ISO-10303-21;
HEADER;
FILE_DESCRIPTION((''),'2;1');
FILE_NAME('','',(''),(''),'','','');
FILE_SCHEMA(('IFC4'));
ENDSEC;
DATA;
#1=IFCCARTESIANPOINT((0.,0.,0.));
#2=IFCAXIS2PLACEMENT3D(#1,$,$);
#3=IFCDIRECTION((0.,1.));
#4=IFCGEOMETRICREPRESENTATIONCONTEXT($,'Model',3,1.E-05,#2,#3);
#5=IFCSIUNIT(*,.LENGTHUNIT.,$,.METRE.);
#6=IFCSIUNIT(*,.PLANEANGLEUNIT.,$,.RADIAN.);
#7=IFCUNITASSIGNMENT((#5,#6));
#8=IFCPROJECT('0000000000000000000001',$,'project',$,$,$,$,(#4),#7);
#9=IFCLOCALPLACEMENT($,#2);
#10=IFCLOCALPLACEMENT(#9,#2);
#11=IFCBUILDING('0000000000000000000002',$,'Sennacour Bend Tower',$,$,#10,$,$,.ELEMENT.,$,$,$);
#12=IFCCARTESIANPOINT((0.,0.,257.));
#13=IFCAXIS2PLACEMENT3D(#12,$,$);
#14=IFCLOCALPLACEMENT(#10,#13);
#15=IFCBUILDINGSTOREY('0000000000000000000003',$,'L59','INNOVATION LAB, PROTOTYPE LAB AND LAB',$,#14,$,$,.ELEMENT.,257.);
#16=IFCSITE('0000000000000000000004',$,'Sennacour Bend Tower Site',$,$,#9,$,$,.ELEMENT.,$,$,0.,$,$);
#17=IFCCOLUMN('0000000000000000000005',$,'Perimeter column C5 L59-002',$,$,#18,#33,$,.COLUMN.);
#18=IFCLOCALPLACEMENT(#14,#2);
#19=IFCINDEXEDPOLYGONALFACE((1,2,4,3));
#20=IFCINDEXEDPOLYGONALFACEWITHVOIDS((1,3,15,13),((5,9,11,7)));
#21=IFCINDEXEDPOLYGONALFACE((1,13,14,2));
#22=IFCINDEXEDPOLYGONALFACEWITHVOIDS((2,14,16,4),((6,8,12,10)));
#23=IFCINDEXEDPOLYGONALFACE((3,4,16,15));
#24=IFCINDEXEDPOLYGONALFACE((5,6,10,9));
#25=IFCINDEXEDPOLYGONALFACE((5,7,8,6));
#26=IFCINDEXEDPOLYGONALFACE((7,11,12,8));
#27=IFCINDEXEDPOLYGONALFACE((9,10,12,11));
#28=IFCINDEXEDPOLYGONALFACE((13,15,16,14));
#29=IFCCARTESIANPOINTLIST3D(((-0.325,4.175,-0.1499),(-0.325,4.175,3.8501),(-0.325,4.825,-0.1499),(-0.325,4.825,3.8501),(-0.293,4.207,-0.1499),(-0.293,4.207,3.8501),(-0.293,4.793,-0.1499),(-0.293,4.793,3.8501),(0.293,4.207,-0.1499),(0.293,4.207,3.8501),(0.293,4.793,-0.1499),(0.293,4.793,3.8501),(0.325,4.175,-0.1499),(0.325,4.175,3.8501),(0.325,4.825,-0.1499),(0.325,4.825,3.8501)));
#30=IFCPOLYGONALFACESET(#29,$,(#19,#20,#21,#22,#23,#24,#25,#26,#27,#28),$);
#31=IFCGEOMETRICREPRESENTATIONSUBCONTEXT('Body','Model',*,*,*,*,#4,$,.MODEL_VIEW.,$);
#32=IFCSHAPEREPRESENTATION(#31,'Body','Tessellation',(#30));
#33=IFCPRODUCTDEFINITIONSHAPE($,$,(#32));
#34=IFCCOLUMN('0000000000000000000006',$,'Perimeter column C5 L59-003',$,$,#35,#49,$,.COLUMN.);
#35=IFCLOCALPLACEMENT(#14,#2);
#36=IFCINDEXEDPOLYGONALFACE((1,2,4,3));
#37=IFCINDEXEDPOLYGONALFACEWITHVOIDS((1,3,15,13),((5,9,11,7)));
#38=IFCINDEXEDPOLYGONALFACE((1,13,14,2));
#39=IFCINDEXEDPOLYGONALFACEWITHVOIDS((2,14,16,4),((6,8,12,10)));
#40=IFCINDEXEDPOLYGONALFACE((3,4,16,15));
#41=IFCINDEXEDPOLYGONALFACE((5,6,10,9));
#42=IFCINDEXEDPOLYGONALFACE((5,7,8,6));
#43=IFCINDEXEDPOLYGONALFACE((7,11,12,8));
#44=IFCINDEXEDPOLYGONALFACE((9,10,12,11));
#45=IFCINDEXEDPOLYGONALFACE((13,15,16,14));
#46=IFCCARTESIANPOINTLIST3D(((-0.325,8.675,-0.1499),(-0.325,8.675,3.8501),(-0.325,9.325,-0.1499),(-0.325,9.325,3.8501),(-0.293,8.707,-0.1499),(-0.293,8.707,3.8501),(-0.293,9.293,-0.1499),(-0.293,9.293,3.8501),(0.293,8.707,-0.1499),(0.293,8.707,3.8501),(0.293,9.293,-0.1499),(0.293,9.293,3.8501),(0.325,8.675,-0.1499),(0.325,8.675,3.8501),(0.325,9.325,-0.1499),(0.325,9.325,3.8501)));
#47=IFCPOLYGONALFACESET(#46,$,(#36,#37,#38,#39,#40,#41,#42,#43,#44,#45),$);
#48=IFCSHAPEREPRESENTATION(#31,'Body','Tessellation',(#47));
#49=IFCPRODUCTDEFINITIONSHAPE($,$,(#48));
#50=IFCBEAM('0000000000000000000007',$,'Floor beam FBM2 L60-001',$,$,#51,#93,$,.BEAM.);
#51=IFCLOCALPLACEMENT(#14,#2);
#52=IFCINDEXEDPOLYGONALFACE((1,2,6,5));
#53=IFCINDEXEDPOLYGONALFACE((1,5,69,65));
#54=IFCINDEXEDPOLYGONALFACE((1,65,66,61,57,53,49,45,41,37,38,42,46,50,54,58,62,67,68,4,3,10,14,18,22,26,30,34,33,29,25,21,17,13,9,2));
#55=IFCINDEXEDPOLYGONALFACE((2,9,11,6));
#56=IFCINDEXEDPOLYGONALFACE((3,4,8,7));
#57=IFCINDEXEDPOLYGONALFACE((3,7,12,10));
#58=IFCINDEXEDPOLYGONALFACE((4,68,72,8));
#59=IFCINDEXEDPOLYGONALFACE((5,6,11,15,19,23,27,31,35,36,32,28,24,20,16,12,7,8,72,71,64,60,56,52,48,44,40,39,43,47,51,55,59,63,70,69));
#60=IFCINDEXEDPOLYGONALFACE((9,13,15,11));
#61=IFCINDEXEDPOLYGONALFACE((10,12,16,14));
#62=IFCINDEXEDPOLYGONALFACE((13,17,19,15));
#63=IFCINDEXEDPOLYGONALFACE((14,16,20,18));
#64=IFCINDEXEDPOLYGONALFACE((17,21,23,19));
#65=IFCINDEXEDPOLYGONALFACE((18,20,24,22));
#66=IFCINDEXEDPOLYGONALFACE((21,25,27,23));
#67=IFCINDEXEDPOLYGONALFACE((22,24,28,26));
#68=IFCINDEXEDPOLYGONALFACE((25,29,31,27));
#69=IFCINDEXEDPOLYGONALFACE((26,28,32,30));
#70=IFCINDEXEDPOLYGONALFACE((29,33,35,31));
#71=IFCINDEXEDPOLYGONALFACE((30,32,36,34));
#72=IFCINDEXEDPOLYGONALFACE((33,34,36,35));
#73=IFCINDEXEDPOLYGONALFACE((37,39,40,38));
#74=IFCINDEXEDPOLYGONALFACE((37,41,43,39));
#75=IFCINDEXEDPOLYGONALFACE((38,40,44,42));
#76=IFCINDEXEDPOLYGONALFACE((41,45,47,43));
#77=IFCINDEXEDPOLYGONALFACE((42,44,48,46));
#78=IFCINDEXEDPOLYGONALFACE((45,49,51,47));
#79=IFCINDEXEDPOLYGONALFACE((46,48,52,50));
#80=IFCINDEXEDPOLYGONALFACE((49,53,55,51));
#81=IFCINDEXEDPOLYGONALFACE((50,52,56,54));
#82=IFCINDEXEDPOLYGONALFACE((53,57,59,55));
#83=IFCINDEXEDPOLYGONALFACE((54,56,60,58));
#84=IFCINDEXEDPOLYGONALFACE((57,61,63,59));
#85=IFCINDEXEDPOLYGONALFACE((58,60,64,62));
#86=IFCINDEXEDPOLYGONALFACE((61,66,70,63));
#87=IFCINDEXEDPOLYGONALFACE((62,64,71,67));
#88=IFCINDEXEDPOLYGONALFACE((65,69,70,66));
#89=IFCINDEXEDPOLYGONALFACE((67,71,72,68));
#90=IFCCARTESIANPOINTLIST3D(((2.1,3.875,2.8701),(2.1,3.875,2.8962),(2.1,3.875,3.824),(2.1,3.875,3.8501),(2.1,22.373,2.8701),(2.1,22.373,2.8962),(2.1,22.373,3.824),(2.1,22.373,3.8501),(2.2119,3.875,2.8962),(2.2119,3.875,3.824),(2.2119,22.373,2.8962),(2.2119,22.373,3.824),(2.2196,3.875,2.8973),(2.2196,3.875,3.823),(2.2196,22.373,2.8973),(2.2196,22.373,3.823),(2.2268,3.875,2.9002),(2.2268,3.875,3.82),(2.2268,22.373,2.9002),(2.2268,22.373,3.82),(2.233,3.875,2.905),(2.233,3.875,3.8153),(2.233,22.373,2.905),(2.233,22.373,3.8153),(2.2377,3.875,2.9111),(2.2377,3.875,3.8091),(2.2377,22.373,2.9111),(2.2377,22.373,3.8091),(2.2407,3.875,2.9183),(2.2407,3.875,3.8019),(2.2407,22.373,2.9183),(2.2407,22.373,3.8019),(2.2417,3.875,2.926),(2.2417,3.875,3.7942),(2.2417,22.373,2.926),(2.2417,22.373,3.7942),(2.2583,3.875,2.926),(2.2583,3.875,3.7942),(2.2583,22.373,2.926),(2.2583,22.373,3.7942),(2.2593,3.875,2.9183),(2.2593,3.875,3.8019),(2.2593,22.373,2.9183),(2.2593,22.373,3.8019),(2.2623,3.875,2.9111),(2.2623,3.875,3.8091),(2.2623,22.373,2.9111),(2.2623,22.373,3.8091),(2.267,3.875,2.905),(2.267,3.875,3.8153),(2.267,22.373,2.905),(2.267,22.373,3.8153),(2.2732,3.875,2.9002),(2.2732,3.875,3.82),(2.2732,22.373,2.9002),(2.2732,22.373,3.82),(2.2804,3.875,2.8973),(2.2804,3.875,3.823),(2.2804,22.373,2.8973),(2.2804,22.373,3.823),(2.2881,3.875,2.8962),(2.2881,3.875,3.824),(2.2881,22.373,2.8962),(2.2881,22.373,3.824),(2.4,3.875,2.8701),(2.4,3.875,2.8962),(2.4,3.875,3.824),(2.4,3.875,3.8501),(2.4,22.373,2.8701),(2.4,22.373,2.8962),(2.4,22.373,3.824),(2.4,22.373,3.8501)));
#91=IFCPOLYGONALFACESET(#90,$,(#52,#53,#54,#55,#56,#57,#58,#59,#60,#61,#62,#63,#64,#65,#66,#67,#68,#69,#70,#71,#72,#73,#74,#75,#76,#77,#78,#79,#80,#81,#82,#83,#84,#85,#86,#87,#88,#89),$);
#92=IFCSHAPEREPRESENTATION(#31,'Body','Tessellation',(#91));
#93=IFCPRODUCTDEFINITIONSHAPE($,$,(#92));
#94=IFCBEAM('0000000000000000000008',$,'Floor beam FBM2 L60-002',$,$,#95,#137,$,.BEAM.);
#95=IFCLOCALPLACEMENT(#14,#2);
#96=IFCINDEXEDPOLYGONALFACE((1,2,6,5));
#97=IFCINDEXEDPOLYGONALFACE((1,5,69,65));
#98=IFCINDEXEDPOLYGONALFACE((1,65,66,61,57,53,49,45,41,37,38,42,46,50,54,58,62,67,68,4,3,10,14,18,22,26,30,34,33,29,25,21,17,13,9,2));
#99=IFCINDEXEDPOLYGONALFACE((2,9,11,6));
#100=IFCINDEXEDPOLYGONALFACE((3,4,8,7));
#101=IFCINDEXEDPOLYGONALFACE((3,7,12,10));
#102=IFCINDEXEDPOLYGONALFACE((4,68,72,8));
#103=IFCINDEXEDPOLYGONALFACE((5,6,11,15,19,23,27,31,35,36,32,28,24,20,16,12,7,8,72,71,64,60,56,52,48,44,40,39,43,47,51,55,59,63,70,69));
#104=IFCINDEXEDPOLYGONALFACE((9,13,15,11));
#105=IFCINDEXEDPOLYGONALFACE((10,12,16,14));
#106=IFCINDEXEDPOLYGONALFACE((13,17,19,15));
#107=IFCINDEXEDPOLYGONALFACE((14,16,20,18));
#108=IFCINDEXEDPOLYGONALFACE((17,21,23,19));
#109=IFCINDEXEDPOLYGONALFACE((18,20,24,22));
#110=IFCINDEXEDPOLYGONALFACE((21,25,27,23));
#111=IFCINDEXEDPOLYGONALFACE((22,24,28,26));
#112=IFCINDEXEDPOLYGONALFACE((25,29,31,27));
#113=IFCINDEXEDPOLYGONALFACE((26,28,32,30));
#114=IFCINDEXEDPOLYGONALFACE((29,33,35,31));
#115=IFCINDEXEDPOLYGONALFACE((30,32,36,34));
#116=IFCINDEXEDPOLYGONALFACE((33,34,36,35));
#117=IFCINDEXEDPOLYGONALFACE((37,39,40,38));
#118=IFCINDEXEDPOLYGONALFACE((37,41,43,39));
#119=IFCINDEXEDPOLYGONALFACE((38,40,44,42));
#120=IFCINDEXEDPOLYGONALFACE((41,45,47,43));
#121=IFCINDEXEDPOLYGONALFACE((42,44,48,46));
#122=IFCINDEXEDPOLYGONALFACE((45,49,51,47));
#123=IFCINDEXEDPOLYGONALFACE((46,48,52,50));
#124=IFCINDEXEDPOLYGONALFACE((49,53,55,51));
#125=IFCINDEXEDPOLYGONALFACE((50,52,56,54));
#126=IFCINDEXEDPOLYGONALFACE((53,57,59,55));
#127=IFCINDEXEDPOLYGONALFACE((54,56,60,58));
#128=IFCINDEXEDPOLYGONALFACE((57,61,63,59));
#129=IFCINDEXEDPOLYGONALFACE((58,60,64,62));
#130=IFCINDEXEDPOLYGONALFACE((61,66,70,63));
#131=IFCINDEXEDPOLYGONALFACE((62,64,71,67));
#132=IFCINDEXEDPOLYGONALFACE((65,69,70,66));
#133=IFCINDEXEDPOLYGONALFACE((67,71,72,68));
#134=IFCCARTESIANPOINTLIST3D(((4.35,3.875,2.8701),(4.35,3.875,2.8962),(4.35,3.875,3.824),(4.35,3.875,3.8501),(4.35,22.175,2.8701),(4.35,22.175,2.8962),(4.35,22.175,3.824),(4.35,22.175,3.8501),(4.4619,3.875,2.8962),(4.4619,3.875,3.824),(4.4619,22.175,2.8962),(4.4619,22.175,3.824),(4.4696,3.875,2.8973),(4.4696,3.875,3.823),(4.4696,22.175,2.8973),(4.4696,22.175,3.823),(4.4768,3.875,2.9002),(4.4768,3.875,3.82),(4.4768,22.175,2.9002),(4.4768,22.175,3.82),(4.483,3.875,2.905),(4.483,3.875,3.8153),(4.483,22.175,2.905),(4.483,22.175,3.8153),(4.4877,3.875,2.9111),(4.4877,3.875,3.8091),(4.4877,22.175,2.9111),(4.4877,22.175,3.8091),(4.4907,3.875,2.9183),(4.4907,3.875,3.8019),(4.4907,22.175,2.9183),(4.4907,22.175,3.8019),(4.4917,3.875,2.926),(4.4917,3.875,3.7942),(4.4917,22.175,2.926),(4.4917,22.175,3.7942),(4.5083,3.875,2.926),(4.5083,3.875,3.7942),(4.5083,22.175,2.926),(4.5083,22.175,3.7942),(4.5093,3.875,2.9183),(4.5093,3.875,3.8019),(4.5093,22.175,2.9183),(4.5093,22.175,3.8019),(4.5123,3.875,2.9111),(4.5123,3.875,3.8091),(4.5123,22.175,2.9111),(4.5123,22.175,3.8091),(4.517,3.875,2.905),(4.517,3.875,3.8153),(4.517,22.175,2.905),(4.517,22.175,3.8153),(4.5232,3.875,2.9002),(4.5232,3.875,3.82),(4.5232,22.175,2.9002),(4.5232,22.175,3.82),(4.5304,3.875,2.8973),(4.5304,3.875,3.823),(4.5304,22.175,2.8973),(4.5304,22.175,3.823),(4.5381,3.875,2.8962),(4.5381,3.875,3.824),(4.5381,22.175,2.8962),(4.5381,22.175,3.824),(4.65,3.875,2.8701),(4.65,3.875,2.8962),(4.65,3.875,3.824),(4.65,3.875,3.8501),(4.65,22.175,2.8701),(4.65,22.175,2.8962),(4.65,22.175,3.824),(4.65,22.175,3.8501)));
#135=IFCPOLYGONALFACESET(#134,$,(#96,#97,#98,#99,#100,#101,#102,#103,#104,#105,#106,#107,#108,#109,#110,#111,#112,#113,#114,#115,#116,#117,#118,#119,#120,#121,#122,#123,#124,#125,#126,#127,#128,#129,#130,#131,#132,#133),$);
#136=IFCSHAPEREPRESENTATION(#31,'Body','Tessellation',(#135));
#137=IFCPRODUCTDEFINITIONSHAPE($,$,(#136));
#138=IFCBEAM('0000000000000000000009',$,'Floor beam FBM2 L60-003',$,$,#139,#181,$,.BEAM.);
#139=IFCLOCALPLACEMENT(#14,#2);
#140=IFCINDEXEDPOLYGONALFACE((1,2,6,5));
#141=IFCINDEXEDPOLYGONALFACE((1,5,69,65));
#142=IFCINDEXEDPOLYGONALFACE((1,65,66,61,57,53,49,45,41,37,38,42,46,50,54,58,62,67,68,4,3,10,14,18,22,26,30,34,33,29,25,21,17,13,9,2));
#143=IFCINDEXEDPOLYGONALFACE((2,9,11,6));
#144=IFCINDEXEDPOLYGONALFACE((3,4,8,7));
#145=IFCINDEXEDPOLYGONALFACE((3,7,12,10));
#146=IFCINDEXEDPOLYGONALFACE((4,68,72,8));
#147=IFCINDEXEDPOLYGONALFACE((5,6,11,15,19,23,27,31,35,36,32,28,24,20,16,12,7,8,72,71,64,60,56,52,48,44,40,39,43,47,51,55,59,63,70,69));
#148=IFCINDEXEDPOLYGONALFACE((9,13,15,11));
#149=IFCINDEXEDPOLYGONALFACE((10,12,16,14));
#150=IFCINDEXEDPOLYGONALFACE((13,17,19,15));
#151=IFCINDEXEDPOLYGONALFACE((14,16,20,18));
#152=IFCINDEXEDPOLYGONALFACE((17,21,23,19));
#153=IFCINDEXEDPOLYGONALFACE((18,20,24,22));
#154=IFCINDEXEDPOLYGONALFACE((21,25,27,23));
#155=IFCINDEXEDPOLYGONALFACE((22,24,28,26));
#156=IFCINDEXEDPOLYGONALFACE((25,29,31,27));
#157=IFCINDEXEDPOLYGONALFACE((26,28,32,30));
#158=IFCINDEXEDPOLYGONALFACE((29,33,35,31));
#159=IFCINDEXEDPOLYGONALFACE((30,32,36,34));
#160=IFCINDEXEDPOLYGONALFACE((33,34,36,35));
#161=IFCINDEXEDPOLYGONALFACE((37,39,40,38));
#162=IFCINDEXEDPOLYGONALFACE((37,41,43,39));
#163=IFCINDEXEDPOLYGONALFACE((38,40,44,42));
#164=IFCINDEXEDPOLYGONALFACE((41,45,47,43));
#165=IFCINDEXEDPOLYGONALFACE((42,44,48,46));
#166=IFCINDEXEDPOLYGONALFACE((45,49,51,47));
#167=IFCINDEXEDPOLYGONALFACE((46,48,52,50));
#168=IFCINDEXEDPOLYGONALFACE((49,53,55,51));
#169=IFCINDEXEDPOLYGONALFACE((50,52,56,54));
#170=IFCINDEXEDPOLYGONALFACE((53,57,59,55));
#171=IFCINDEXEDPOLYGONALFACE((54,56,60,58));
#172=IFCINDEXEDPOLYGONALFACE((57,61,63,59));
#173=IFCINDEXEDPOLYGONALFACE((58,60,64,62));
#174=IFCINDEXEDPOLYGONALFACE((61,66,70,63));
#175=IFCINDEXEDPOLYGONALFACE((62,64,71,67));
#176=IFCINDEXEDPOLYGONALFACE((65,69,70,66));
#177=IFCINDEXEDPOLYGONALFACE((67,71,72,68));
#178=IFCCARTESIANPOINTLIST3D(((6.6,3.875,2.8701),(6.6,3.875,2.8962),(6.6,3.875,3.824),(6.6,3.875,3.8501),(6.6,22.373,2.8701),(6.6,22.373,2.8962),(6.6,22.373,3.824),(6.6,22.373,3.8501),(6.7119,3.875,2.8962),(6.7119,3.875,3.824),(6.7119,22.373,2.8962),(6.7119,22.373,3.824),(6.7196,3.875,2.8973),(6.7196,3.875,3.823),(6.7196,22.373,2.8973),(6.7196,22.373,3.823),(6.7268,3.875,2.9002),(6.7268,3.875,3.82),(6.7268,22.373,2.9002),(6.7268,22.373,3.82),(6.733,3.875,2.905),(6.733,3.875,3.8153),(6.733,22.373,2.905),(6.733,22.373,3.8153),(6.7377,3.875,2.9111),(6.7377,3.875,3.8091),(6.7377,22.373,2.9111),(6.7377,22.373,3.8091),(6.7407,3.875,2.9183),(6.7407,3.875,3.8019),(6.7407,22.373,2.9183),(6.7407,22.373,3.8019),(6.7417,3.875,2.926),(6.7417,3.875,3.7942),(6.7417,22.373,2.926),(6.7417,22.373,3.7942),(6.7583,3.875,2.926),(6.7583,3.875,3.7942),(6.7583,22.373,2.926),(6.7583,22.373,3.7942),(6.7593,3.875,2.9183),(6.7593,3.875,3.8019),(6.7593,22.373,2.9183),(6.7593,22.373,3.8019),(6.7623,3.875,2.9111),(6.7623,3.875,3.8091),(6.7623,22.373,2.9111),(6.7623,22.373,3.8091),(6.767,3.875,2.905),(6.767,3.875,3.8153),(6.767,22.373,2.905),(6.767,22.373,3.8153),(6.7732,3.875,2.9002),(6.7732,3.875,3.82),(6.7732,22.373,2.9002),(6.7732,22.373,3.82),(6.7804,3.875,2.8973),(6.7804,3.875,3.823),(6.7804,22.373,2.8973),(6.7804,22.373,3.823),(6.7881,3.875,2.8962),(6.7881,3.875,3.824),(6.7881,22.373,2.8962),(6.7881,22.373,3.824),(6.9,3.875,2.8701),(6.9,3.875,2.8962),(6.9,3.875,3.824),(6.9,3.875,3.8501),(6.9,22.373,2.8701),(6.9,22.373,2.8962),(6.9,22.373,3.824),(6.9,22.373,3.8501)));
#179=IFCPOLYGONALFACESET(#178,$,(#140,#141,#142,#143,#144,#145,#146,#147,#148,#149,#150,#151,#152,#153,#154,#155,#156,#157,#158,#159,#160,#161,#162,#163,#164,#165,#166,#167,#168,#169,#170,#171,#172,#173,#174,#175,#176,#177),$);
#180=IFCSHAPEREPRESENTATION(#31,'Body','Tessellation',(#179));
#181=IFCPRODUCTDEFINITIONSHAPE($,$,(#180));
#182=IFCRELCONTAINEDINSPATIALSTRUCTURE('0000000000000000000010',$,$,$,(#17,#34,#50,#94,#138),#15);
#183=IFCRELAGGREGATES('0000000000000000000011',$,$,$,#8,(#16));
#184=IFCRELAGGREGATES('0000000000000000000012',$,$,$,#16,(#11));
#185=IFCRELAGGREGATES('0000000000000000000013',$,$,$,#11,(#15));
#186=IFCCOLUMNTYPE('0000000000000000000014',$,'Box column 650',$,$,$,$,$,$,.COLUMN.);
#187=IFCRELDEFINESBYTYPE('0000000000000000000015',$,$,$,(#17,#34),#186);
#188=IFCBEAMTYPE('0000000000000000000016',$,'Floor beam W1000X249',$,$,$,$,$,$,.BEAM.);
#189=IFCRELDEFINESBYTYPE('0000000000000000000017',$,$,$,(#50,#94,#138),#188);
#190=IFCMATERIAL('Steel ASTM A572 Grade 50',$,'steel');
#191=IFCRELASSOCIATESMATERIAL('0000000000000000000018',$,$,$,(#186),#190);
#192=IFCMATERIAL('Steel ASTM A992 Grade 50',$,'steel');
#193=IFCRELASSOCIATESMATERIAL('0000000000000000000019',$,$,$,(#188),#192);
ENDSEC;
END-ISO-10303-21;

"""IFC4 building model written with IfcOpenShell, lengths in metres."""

from ifc_helpers import new_model, si_unit, direction, frame, origin, origin_2d, place, context, subcontext, project, spatial, hollow_rectangle, i_section, extrude, material, material_profile, profile_set, type_object, element, save


model = new_model("IFC4")

# Units and contexts
model_context = context("Model", 3, precision=1e-05, world=origin(), true_north=direction((0.0, 1.0)))
body_context = subcontext(model_context, "Body", "Model", "MODEL_VIEW")
ifc_project = project(units=[si_unit("LENGTHUNIT", "METRE"), si_unit("PLANEANGLEUNIT", "RADIAN")], contexts=[model_context])

# Site, building, storey
site_placement = place(None, origin())
site = spatial("IfcSite", under=ifc_project, at=site_placement, Name="Sennacour Bend Tower Site", CompositionType="ELEMENT", RefElevation=0.0)
building_placement = place(site_placement, origin())
building = spatial("IfcBuilding", under=site, at=building_placement, Name="Sennacour Bend Tower", CompositionType="ELEMENT")
storey_placement = place(building_placement, frame((0.0, 0.0, 257.0)))
storey = spatial("IfcBuildingStorey", under=building, at=storey_placement, Name="L59", Description="INNOVATION LAB, PROTOTYPE LAB AND LAB", CompositionType="ELEMENT", Elevation=257.0)

# Columns
ifc_material_1 = material(Name="Steel ASTM A572 Grade 50", Category="steel")
ifc_material_profile_1 = material_profile(ifc_material_1, hollow_rectangle(XDim=0.6499, YDim=0.6499, WallThickness=0.032, at=origin_2d()), Name="Steel ASTM A572 Grade 50", Category="steel")
ifc_profile_set_1 = profile_set([ifc_material_profile_1], Name="Steel ASTM A572 Grade 50")
column_type = type_object("IfcColumnType", Name="Box column 650", PredefinedType="COLUMN", material=ifc_profile_set_1)
for number, where, z_axis, x_axis, name in (
    (1, (0.0, 4.5, -0.1499), (0.0, 0.0, 1.0), (1.0, 0.0, 0.0), "Perimeter column C5 L59-002"),
    (2, (0.0, 9.0, -0.1499), (0.0, 0.0, 1.0), (1.0, 0.0, 0.0), "Perimeter column C5 L59-003"),
):
    element("IfcColumn", number, at=place(storey_placement, frame(where, z_axis=z_axis, x_axis=x_axis)), inside=storey, type_object=column_type, Name=name, PredefinedType="COLUMN", context=body_context, shape_type="SweptSolid", body=[
        extrude(hollow_rectangle(XDim=0.6499, YDim=0.6499, WallThickness=0.032, at=origin_2d()), origin(), (0.0, 0.0, 1.0), 4.0),
    ])

# Beams
ifc_material_2 = material(Name="Steel ASTM A992 Grade 50", Category="steel")
ifc_material_profile_2 = material_profile(ifc_material_2, i_section(OverallWidth=0.3, OverallDepth=0.98, WebThickness=0.0166, FlangeThickness=0.0261, FilletRadius=0.0298, at=origin_2d()), Name="Steel ASTM A992 Grade 50", Category="steel")
ifc_profile_set_2 = profile_set([ifc_material_profile_2], Name="Steel ASTM A992 Grade 50")
beam_type_1 = type_object("IfcBeamType", Name="Floor beam W1000X249", PredefinedType="BEAM", material=ifc_profile_set_2)
beam_1_placement = place(storey_placement, frame((2.25, 3.875, 3.3601), z_axis=(0.0, 1.0, 0.0), x_axis=(-1.0, 0.0, 0.0)))
element("IfcBeam", 3, at=beam_1_placement, inside=storey, type_object=beam_type_1, Name="Floor beam FBM2 L60-001", PredefinedType="BEAM", context=body_context, shape_type="SweptSolid", body=[
    extrude(i_section(OverallWidth=0.3, OverallDepth=0.98, WebThickness=0.0166, FlangeThickness=0.0261, FilletRadius=0.0298, at=origin_2d()), origin(), (0.0, 0.0, 1.0), 18.498),
])
beam_2_placement = place(storey_placement, frame((4.5, 3.875, 3.3601), z_axis=(0.0, 1.0, 0.0), x_axis=(-1.0, 0.0, 0.0)))
element("IfcBeam", 4, at=beam_2_placement, inside=storey, type_object=beam_type_1, Name="Floor beam FBM2 L60-002", PredefinedType="BEAM", context=body_context, shape_type="SweptSolid", body=[
    extrude(i_section(OverallWidth=0.3, OverallDepth=0.98, WebThickness=0.0166, FlangeThickness=0.0261, FilletRadius=0.0298, at=origin_2d()), origin(), (0.0, 0.0, 1.0), 18.3),
])
beam_3_placement = place(storey_placement, frame((6.75, 3.875, 3.3601), z_axis=(0.0, 1.0, 0.0), x_axis=(-1.0, 0.0, 0.0)))
element("IfcBeam", 5, at=beam_3_placement, inside=storey, type_object=beam_type_1, Name="Floor beam FBM2 L60-003", PredefinedType="BEAM", context=body_context, shape_type="SweptSolid", body=[
    extrude(i_section(OverallWidth=0.3, OverallDepth=0.98, WebThickness=0.0166, FlangeThickness=0.0261, FilletRadius=0.0298, at=origin_2d()), origin(), (0.0, 0.0, 1.0), 18.498),
])

save(model, "model.ifc")
